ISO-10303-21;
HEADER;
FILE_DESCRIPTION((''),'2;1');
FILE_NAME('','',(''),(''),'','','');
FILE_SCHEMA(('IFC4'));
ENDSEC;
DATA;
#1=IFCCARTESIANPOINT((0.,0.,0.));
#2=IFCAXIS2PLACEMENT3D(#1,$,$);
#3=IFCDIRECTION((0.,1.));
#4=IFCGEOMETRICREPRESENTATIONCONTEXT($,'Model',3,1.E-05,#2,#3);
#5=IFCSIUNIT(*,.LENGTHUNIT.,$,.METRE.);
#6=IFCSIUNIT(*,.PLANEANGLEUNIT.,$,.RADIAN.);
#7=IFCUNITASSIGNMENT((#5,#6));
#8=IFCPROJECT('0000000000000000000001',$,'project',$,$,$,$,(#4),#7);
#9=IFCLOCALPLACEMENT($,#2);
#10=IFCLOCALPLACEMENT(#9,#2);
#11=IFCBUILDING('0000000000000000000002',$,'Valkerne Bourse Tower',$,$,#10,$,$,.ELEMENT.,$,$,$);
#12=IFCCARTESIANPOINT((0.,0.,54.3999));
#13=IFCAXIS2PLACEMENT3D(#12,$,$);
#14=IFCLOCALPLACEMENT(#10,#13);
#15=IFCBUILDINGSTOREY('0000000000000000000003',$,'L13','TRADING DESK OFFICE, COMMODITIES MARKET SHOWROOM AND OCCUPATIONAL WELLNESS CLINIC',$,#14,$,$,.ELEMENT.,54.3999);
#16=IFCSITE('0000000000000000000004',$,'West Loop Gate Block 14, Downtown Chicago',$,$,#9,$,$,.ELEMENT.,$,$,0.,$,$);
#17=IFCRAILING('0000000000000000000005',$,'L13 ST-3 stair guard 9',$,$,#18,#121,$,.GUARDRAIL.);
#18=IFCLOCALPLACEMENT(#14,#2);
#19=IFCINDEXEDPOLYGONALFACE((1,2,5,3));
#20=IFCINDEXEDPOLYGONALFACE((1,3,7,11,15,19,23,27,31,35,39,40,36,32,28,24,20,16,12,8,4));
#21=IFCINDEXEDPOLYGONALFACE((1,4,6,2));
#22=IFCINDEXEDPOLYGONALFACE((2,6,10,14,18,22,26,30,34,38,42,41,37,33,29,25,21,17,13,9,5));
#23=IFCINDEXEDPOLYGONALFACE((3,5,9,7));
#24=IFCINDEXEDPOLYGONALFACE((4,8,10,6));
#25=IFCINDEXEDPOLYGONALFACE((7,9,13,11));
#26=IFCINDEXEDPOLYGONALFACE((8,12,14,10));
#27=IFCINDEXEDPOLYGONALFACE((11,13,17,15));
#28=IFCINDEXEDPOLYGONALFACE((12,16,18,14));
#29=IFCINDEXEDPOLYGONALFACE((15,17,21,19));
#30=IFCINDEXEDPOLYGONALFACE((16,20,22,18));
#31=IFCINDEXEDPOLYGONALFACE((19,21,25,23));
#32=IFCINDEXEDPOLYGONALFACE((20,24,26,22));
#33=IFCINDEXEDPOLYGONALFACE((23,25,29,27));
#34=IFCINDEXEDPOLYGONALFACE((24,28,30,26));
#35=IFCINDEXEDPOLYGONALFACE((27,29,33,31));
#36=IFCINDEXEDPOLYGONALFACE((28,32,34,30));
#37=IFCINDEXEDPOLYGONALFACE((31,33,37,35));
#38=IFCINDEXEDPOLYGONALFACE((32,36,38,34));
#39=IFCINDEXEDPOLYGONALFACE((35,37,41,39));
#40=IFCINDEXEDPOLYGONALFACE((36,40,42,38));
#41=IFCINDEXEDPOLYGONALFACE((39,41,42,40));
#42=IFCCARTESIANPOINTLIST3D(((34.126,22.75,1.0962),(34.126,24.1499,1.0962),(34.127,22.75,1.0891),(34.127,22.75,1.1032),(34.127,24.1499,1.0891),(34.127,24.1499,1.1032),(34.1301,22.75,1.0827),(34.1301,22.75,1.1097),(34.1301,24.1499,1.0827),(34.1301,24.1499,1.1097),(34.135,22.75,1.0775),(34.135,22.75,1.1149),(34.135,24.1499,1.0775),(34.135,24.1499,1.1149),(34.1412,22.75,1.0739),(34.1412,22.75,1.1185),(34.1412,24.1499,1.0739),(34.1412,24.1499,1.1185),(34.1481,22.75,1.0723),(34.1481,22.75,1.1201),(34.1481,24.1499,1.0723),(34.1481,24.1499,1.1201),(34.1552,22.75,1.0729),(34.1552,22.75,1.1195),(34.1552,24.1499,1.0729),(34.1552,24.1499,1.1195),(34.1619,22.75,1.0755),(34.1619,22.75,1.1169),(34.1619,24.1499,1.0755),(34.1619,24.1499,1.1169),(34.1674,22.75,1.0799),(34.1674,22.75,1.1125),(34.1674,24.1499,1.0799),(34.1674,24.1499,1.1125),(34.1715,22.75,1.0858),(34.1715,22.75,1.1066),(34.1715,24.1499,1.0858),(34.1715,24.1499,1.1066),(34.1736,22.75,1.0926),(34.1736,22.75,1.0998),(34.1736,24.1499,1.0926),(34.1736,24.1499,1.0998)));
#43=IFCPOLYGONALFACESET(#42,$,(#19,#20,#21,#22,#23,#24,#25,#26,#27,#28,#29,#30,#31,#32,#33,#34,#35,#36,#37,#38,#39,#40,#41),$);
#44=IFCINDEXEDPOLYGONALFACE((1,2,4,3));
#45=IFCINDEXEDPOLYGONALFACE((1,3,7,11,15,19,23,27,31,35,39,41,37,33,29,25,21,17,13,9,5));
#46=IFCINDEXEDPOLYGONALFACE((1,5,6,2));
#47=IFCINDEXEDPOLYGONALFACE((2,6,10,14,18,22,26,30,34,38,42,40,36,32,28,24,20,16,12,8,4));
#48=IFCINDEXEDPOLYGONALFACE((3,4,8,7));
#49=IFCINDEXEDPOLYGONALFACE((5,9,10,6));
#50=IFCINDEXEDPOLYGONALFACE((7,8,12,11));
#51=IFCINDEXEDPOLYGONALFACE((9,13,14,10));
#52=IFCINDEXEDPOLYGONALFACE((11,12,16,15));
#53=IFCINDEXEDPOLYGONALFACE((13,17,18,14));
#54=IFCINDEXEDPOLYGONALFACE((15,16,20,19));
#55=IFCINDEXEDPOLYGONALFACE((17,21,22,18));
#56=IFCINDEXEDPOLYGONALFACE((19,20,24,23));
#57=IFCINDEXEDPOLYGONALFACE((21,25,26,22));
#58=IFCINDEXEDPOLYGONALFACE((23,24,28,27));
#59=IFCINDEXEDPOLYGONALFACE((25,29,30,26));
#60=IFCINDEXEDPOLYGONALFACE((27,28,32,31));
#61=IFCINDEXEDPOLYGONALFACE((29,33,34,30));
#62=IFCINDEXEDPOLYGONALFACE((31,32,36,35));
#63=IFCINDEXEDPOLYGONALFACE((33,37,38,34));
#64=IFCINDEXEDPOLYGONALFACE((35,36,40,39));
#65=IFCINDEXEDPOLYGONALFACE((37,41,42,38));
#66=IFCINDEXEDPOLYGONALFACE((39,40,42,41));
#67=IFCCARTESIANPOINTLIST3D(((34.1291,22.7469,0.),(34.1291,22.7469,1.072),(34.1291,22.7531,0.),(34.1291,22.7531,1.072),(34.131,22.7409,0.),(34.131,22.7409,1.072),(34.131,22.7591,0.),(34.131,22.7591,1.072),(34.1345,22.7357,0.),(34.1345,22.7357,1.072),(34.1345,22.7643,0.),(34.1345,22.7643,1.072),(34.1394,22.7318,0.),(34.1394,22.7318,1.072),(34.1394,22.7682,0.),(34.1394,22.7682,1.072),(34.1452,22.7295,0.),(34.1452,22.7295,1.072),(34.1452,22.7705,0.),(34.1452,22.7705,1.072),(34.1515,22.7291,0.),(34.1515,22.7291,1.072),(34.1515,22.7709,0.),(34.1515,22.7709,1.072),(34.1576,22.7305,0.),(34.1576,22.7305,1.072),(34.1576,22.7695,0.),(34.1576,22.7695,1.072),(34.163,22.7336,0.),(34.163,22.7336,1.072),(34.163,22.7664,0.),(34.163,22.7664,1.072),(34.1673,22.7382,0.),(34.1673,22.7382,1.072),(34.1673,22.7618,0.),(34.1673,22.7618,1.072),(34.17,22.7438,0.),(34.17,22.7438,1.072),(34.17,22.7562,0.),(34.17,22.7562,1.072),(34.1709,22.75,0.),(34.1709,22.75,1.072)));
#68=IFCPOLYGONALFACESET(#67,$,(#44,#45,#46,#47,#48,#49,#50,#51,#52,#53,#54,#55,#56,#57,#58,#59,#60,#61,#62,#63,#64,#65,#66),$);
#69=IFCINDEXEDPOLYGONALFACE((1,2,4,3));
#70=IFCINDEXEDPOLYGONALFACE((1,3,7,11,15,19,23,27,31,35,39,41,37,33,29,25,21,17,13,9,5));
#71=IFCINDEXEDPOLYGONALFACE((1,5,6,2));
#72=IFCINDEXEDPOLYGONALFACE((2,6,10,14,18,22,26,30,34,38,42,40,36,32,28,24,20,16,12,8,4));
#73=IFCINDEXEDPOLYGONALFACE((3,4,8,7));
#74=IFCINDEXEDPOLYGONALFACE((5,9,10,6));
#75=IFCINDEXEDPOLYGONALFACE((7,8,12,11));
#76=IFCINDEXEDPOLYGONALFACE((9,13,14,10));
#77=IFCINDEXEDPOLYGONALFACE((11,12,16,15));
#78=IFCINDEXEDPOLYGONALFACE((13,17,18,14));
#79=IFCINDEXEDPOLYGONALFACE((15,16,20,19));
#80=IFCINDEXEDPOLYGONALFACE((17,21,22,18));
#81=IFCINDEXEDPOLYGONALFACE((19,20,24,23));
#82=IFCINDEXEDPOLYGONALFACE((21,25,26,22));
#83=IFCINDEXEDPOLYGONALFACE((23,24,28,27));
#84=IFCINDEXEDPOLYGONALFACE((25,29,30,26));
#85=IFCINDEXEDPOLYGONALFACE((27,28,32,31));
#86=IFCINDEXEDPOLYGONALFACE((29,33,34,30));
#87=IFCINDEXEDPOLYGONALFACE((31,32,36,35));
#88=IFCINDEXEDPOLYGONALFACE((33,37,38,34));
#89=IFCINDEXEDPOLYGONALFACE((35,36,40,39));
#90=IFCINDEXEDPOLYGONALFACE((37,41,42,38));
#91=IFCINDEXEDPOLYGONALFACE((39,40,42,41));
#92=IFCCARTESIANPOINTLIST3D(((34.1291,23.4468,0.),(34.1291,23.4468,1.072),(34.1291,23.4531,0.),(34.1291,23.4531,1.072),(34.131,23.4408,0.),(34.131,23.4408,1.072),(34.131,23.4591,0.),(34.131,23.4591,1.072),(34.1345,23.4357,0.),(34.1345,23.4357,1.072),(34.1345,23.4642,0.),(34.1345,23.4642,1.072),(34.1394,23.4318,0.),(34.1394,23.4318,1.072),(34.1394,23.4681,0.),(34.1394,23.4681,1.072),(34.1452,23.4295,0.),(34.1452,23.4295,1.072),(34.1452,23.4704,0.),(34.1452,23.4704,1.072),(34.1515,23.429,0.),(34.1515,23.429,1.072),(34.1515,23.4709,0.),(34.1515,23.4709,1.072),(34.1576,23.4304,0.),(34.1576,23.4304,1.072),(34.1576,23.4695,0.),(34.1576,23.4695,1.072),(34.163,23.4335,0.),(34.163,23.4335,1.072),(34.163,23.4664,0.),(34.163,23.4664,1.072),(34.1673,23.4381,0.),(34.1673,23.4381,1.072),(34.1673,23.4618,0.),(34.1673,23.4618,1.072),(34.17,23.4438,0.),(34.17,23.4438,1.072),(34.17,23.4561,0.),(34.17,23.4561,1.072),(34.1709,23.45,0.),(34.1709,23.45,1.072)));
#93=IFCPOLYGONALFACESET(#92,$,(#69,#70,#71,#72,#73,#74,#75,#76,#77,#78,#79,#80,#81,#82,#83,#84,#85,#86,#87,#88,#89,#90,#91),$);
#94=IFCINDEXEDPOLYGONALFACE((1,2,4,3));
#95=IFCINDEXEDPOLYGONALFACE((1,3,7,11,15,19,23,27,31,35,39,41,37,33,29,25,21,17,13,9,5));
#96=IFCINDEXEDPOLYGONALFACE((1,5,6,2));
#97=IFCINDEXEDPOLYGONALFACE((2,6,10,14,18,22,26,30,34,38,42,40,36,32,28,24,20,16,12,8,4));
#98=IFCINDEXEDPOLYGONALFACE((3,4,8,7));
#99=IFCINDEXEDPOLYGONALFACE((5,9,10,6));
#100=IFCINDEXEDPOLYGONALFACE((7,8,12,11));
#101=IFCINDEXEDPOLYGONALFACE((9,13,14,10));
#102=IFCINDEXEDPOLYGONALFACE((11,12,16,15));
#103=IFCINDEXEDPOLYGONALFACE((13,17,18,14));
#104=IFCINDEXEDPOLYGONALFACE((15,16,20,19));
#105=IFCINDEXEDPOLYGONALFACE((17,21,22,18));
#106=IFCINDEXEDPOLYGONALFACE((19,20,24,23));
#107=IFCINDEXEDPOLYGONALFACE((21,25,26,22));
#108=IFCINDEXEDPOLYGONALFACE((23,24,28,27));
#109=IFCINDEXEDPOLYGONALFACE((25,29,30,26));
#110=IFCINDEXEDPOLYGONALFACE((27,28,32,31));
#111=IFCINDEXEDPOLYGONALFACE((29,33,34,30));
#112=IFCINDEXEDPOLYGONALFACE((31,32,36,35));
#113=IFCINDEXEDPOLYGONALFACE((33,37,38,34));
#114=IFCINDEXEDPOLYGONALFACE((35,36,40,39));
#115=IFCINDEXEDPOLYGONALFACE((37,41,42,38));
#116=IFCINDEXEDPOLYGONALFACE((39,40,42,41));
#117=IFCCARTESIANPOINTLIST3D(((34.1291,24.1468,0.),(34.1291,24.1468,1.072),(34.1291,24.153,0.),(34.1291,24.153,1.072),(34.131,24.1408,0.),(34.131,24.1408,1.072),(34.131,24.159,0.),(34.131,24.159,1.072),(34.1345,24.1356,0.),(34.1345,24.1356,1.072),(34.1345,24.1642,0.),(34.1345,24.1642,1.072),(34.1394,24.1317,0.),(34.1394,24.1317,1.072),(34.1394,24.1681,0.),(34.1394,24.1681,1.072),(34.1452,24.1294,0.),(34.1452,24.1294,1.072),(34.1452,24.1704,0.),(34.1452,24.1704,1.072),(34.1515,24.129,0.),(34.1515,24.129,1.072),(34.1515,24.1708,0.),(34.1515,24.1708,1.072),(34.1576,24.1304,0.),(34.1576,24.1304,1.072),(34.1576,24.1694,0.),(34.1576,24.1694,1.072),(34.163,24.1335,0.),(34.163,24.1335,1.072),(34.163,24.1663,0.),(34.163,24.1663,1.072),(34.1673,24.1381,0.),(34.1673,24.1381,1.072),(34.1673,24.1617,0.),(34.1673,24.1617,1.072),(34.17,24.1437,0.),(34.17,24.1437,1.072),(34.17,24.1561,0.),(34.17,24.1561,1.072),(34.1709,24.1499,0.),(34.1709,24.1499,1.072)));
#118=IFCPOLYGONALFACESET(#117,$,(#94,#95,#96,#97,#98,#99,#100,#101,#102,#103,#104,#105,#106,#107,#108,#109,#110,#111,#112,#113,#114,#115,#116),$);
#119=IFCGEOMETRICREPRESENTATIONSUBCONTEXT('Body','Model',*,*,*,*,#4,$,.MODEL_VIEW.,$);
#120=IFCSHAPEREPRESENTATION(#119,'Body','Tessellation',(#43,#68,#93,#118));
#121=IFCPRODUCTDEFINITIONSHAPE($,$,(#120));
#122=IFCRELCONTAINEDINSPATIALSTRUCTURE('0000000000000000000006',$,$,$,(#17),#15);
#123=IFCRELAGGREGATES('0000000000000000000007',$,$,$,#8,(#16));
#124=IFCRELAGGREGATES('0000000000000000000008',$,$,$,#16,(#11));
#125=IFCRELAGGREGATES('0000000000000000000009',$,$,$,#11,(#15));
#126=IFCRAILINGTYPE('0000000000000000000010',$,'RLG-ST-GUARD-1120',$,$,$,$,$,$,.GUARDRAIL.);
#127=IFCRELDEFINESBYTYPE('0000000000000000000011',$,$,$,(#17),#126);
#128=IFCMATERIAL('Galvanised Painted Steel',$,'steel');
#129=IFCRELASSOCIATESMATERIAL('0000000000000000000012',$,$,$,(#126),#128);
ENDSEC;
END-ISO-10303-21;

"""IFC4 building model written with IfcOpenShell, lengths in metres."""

from ifc_helpers import new_model, si_unit, direction, frame, origin, origin_2d, place, context, subcontext, project, spatial, circle, extrude, material, type_object, element, save


model = new_model("IFC4")

# Units and contexts
model_context = context("Model", 3, precision=1e-05, world=origin(), true_north=direction((0.0, 1.0)))
body_context = subcontext(model_context, "Body", "Model", "MODEL_VIEW")
ifc_project = project(units=[si_unit("LENGTHUNIT", "METRE"), si_unit("PLANEANGLEUNIT", "RADIAN")], contexts=[model_context])

# Site, building, storey
site_placement = place(None, origin())
site = spatial("IfcSite", under=ifc_project, at=site_placement, Name="West Loop Gate Block 14, Downtown Chicago", CompositionType="ELEMENT", RefElevation=0.0)
building_placement = place(site_placement, origin())
building = spatial("IfcBuilding", under=site, at=building_placement, Name="Valkerne Bourse Tower", CompositionType="ELEMENT")
storey_placement = place(building_placement, frame((0.0, 0.0, 54.3999)))
storey = spatial("IfcBuildingStorey", under=building, at=storey_placement, Name="L13", Description="TRADING DESK OFFICE, COMMODITIES MARKET SHOWROOM AND OCCUPATIONAL WELLNESS CLINIC", CompositionType="ELEMENT", Elevation=54.3999)

# Shared definitions
ifc_material_1 = material(Name="Galvanised Painted Steel", Category="steel")

# Railing
railing_type_1 = type_object("IfcRailingType", Name="RLG-ST-GUARD-1120", PredefinedType="GUARDRAIL", material=ifc_material_1)
for number, where, name in (
    (1, (34.1499, 22.75, 0.0), "L13 ST-3 stair guard 9"),
):
    element("IfcRailing", number, at=place(storey_placement, frame(where)), inside=storey, type_object=railing_type_1, Name=name, PredefinedType="GUARDRAIL", context=body_context, shape_type="SweptSolid", body=[
        extrude(circle(Radius=0.0239, at=origin_2d()), frame((0.0, 0.0, 1.0962), z_axis=(0.0, 1.0, 0.0), x_axis=(-1.0, 0.0, 0.0)), (0.0, 0.0, 1.0), 1.3999),
        extrude(circle(Radius=0.021, at=origin_2d()), origin(), (0.0, 0.0, 1.0), 1.072),
        extrude(circle(Radius=0.021, at=origin_2d()), frame((0.0, 0.7, 0.0)), (0.0, 0.0, 1.0), 1.072),
        extrude(circle(Radius=0.021, at=origin_2d()), frame((0.0, 1.3999, 0.0)), (0.0, 0.0, 1.0), 1.072),
    ])

save(model, "model.ifc")
